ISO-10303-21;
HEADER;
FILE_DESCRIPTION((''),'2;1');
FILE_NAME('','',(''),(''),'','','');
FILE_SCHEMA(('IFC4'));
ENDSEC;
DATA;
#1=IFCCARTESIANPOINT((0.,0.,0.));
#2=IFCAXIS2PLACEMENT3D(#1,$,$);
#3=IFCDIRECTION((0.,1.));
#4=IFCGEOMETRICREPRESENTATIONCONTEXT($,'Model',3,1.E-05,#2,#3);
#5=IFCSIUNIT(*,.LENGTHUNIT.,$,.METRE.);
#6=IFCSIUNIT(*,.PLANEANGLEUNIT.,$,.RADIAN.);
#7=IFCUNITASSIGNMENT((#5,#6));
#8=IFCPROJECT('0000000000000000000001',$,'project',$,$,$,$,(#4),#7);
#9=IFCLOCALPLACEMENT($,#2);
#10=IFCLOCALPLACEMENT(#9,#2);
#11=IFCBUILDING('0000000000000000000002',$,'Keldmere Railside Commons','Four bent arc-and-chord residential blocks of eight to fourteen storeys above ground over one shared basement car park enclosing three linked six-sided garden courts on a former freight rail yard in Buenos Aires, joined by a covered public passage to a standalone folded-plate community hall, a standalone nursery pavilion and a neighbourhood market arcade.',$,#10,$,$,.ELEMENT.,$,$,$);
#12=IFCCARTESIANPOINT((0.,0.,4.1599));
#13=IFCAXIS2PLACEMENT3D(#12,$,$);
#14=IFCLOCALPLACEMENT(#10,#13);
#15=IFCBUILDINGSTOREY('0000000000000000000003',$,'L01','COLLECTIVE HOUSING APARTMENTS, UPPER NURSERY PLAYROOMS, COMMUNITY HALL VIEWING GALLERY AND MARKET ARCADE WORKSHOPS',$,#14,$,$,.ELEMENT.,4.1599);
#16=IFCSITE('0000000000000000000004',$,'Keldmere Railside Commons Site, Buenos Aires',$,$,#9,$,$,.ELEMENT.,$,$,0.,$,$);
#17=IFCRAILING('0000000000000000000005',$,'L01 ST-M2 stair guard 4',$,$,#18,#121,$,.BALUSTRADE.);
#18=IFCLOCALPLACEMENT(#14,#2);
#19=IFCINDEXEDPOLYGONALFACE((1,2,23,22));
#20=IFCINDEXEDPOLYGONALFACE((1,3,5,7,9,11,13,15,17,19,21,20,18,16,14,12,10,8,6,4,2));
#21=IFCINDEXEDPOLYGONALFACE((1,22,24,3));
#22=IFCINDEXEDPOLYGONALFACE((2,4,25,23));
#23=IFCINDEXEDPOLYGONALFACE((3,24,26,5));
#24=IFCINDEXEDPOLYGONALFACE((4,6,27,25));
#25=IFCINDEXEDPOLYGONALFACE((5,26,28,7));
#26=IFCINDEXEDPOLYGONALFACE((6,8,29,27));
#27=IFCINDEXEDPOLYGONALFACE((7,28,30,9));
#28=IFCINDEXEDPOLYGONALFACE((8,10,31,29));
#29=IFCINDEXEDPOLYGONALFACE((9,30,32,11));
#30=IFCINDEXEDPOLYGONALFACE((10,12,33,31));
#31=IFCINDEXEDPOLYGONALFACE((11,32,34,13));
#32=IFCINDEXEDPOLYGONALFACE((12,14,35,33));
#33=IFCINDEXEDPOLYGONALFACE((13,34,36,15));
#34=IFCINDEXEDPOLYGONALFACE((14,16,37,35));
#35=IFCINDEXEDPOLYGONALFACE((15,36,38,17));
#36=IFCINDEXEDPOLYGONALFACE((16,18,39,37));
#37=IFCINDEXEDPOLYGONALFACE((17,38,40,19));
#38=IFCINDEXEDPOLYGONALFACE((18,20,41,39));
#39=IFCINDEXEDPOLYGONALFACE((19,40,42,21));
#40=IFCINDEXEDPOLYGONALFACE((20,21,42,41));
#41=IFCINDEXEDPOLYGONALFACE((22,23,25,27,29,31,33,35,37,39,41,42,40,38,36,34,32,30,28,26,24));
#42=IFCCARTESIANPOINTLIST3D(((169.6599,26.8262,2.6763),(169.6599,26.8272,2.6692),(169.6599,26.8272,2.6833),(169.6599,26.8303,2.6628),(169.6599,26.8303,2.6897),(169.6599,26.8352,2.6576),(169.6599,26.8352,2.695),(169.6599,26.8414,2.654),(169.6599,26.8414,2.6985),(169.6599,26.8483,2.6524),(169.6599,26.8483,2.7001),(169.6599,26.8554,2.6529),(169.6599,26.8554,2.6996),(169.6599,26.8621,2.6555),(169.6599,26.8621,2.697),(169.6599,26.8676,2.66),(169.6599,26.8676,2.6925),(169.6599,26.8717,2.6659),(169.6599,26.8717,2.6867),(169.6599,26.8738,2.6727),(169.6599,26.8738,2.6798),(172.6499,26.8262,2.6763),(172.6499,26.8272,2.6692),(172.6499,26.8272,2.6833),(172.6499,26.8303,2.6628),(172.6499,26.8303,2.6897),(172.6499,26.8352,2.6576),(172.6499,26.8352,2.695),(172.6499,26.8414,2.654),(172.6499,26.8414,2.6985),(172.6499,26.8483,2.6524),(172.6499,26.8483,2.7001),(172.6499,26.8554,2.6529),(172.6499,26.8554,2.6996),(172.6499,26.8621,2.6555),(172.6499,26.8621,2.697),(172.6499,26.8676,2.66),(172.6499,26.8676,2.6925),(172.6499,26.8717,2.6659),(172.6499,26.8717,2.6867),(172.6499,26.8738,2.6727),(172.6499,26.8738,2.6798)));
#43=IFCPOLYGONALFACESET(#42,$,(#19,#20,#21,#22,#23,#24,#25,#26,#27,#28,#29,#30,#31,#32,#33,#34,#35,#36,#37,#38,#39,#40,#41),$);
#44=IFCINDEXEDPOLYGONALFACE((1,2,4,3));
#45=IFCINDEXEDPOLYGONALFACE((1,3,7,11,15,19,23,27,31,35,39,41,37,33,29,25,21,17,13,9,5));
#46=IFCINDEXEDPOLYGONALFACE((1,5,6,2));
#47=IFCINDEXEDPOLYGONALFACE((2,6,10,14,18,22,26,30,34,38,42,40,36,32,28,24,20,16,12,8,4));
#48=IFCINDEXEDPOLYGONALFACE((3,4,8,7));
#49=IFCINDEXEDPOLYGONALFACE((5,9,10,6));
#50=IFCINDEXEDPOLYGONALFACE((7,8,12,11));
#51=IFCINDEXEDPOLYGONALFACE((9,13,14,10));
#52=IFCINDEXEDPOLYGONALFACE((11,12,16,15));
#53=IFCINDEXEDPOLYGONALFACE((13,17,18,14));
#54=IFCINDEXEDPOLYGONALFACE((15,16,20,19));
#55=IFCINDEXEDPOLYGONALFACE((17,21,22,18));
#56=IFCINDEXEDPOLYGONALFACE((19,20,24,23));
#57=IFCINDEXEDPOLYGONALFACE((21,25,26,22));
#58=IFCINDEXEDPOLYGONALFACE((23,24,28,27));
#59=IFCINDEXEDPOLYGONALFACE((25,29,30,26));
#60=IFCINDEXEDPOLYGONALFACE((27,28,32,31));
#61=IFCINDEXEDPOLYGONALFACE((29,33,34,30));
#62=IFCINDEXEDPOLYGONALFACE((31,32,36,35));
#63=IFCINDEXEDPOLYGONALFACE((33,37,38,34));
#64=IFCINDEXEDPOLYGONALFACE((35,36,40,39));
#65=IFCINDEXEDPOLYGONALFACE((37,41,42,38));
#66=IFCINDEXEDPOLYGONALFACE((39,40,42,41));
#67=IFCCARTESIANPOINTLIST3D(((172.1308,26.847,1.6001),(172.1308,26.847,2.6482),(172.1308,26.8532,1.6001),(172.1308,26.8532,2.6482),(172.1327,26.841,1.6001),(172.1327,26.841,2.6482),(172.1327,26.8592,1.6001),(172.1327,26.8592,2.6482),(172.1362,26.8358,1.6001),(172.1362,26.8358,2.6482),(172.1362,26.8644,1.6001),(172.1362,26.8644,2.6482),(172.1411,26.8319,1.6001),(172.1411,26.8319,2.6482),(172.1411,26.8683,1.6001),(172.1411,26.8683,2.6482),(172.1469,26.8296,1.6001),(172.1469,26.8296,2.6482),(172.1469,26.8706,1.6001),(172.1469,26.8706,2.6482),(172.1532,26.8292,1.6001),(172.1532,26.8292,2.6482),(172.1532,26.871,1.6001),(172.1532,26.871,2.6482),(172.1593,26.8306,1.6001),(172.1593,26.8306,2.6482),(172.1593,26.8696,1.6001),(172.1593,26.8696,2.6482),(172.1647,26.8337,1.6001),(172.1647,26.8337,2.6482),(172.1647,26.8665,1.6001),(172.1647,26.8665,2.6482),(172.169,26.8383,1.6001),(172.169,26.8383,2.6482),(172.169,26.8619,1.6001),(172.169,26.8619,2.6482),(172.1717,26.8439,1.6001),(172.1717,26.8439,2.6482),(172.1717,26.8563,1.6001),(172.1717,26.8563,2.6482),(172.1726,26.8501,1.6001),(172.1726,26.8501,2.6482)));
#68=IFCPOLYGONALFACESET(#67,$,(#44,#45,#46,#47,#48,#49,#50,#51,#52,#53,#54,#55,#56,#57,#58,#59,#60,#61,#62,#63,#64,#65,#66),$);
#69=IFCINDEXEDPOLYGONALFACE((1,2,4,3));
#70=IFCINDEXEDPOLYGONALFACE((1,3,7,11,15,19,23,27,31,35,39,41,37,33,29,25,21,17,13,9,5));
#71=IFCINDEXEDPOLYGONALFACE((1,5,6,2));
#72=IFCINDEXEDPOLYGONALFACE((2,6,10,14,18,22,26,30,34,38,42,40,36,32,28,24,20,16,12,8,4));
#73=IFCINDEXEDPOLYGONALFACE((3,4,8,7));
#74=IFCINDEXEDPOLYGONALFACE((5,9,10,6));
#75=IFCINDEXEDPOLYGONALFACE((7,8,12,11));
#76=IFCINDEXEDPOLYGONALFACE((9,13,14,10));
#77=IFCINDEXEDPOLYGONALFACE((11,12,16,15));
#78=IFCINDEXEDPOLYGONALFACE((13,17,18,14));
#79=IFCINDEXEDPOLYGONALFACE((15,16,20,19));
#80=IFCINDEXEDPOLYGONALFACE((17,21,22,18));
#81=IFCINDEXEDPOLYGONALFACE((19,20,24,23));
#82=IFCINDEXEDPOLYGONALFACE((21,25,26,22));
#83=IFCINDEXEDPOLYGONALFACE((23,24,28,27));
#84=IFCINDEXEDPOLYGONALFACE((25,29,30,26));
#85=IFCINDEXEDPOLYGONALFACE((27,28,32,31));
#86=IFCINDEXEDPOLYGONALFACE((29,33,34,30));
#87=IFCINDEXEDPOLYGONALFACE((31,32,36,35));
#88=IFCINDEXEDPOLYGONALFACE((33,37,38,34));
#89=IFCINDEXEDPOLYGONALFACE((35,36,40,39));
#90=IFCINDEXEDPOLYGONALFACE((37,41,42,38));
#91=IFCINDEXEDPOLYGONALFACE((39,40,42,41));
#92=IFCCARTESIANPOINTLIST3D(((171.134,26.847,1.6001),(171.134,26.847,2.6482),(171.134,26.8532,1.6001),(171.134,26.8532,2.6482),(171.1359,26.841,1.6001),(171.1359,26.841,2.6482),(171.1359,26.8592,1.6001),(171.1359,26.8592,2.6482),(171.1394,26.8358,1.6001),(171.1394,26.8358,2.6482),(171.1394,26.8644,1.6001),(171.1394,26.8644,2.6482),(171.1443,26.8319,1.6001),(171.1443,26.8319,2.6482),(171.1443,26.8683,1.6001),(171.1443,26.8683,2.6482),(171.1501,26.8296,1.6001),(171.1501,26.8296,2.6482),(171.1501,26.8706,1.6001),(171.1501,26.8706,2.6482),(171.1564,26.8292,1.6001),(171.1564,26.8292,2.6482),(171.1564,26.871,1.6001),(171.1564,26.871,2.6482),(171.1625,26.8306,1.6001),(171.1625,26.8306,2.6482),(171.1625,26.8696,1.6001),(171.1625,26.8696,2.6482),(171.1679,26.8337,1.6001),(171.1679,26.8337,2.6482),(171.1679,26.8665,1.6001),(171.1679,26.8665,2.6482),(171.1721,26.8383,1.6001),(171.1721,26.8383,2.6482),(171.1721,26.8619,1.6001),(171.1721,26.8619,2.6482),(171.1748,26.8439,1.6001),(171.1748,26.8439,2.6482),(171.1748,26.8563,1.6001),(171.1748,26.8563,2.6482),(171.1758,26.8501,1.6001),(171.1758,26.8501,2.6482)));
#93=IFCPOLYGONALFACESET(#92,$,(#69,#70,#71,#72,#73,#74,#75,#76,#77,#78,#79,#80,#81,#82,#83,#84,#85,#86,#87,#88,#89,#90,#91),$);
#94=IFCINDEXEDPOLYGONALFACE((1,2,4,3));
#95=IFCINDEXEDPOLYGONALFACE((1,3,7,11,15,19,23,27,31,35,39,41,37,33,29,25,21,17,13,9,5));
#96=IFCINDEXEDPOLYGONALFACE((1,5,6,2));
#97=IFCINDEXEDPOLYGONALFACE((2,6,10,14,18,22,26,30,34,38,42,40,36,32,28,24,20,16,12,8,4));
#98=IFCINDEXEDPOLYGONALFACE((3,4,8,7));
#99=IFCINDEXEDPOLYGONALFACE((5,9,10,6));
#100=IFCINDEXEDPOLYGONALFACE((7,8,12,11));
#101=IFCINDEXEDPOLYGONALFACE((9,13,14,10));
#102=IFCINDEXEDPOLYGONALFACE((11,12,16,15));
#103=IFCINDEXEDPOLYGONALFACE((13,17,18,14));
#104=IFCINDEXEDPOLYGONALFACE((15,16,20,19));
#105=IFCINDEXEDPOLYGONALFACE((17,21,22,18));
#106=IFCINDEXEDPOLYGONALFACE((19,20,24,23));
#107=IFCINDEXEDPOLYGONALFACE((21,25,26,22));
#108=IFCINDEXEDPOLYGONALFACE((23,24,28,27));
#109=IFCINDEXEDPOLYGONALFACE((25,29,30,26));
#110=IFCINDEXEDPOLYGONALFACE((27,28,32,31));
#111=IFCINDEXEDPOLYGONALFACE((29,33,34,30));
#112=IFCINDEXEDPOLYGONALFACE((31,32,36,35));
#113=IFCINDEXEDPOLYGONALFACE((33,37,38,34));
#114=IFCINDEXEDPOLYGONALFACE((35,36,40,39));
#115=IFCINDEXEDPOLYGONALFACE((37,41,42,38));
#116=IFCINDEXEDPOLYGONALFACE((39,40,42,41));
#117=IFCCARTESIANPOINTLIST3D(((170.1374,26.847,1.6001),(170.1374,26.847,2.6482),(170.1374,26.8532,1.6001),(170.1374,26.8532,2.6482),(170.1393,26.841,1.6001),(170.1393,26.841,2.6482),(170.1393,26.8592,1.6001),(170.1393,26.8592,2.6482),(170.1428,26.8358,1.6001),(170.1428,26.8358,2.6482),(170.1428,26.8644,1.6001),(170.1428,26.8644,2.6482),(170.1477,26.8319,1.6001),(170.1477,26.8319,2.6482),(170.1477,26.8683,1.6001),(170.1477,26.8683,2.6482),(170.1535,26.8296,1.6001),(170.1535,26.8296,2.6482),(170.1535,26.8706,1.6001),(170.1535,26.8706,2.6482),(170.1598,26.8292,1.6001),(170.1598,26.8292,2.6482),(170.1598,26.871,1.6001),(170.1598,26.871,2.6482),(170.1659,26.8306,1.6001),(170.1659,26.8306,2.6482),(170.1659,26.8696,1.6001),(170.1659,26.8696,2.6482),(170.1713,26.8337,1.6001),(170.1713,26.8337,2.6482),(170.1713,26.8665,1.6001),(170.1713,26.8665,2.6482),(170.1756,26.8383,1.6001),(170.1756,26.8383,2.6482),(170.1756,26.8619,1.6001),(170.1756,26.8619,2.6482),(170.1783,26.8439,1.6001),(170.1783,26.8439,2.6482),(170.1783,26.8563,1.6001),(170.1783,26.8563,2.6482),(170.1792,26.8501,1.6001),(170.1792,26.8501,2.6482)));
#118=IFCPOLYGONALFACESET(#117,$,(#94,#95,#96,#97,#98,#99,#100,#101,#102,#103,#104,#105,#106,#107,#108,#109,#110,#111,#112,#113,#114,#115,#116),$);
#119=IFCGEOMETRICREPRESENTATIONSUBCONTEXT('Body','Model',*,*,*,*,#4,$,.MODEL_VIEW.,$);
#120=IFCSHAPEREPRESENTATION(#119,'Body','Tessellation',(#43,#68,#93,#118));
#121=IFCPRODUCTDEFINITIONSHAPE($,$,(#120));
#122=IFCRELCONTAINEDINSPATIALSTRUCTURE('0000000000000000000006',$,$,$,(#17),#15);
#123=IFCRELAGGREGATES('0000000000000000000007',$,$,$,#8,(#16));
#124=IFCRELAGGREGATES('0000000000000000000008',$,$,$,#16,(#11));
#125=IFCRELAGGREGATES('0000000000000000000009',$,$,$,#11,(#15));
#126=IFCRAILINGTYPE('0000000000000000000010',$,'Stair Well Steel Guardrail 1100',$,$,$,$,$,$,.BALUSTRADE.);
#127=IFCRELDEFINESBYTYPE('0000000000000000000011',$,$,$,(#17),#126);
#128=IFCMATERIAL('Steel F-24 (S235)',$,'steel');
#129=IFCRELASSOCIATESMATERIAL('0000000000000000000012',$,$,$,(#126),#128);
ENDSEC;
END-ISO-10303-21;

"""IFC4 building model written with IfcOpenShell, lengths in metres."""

from ifc_helpers import new_model, si_unit, direction, frame, origin, origin_2d, place, context, subcontext, project, spatial, circle, extrude, material, type_object, element, save


model = new_model("IFC4")

# Units and contexts
model_context = context("Model", 3, precision=1e-05, world=origin(), true_north=direction((0.0, 1.0)))
body_context = subcontext(model_context, "Body", "Model", "MODEL_VIEW")
ifc_project = project(units=[si_unit("LENGTHUNIT", "METRE"), si_unit("PLANEANGLEUNIT", "RADIAN")], contexts=[model_context])

# Site, building, storey
site_placement = place(None, origin())
site = spatial("IfcSite", under=ifc_project, at=site_placement, Name="Keldmere Railside Commons Site, Buenos Aires", CompositionType="ELEMENT", RefElevation=0.0)
building_placement = place(site_placement, origin())
building = spatial("IfcBuilding", under=site, at=building_placement, Name="Keldmere Railside Commons", Description="Four bent arc-and-chord residential blocks of eight to fourteen storeys above ground over one shared basement car park enclosing three linked six-sided garden courts on a former freight rail yard in Buenos Aires, joined by a covered public passage to a standalone folded-plate community hall, a standalone nursery pavilion and a neighbourhood market arcade.", CompositionType="ELEMENT")
storey_placement = place(building_placement, frame((0.0, 0.0, 4.1599)))
storey = spatial("IfcBuildingStorey", under=building, at=storey_placement, Name="L01", Description="COLLECTIVE HOUSING APARTMENTS, UPPER NURSERY PLAYROOMS, COMMUNITY HALL VIEWING GALLERY AND MARKET ARCADE WORKSHOPS", CompositionType="ELEMENT", Elevation=4.1599)

# Shared definitions
ifc_material_1 = material(Name="Steel F-24 (S235)", Category="steel")

# Railing
railing_type_1 = type_object("IfcRailingType", Name="Stair Well Steel Guardrail 1100", PredefinedType="BALUSTRADE", material=ifc_material_1)
railing_1_placement = place(storey_placement, frame((172.6499, 26.8501, 1.6001)))
element("IfcRailing", 1, at=railing_1_placement, inside=storey, type_object=railing_type_1, Name="L01 ST-M2 stair guard 4", PredefinedType="BALUSTRADE", context=body_context, shape_type="SweptSolid", body=[
    extrude(circle(Radius=0.0239, at=origin_2d()), frame((0.0, 0.0, 1.0762), z_axis=(-1.0, 0.0, 0.0), x_axis=(0.0, -1.0, 0.0)), (0.0, 0.0, 1.0), 2.99),
    extrude(circle(Radius=0.021, at=origin_2d()), frame((-0.4983, 0.0, 0.0)), (0.0, 0.0, 1.0), 1.0481),
    extrude(circle(Radius=0.021, at=origin_2d()), frame((-1.4951, 0.0, 0.0)), (0.0, 0.0, 1.0), 1.0481),
    extrude(circle(Radius=0.021, at=origin_2d()), frame((-2.4917, 0.0, 0.0)), (0.0, 0.0, 1.0), 1.0481),
])

save(model, "model.ifc")
